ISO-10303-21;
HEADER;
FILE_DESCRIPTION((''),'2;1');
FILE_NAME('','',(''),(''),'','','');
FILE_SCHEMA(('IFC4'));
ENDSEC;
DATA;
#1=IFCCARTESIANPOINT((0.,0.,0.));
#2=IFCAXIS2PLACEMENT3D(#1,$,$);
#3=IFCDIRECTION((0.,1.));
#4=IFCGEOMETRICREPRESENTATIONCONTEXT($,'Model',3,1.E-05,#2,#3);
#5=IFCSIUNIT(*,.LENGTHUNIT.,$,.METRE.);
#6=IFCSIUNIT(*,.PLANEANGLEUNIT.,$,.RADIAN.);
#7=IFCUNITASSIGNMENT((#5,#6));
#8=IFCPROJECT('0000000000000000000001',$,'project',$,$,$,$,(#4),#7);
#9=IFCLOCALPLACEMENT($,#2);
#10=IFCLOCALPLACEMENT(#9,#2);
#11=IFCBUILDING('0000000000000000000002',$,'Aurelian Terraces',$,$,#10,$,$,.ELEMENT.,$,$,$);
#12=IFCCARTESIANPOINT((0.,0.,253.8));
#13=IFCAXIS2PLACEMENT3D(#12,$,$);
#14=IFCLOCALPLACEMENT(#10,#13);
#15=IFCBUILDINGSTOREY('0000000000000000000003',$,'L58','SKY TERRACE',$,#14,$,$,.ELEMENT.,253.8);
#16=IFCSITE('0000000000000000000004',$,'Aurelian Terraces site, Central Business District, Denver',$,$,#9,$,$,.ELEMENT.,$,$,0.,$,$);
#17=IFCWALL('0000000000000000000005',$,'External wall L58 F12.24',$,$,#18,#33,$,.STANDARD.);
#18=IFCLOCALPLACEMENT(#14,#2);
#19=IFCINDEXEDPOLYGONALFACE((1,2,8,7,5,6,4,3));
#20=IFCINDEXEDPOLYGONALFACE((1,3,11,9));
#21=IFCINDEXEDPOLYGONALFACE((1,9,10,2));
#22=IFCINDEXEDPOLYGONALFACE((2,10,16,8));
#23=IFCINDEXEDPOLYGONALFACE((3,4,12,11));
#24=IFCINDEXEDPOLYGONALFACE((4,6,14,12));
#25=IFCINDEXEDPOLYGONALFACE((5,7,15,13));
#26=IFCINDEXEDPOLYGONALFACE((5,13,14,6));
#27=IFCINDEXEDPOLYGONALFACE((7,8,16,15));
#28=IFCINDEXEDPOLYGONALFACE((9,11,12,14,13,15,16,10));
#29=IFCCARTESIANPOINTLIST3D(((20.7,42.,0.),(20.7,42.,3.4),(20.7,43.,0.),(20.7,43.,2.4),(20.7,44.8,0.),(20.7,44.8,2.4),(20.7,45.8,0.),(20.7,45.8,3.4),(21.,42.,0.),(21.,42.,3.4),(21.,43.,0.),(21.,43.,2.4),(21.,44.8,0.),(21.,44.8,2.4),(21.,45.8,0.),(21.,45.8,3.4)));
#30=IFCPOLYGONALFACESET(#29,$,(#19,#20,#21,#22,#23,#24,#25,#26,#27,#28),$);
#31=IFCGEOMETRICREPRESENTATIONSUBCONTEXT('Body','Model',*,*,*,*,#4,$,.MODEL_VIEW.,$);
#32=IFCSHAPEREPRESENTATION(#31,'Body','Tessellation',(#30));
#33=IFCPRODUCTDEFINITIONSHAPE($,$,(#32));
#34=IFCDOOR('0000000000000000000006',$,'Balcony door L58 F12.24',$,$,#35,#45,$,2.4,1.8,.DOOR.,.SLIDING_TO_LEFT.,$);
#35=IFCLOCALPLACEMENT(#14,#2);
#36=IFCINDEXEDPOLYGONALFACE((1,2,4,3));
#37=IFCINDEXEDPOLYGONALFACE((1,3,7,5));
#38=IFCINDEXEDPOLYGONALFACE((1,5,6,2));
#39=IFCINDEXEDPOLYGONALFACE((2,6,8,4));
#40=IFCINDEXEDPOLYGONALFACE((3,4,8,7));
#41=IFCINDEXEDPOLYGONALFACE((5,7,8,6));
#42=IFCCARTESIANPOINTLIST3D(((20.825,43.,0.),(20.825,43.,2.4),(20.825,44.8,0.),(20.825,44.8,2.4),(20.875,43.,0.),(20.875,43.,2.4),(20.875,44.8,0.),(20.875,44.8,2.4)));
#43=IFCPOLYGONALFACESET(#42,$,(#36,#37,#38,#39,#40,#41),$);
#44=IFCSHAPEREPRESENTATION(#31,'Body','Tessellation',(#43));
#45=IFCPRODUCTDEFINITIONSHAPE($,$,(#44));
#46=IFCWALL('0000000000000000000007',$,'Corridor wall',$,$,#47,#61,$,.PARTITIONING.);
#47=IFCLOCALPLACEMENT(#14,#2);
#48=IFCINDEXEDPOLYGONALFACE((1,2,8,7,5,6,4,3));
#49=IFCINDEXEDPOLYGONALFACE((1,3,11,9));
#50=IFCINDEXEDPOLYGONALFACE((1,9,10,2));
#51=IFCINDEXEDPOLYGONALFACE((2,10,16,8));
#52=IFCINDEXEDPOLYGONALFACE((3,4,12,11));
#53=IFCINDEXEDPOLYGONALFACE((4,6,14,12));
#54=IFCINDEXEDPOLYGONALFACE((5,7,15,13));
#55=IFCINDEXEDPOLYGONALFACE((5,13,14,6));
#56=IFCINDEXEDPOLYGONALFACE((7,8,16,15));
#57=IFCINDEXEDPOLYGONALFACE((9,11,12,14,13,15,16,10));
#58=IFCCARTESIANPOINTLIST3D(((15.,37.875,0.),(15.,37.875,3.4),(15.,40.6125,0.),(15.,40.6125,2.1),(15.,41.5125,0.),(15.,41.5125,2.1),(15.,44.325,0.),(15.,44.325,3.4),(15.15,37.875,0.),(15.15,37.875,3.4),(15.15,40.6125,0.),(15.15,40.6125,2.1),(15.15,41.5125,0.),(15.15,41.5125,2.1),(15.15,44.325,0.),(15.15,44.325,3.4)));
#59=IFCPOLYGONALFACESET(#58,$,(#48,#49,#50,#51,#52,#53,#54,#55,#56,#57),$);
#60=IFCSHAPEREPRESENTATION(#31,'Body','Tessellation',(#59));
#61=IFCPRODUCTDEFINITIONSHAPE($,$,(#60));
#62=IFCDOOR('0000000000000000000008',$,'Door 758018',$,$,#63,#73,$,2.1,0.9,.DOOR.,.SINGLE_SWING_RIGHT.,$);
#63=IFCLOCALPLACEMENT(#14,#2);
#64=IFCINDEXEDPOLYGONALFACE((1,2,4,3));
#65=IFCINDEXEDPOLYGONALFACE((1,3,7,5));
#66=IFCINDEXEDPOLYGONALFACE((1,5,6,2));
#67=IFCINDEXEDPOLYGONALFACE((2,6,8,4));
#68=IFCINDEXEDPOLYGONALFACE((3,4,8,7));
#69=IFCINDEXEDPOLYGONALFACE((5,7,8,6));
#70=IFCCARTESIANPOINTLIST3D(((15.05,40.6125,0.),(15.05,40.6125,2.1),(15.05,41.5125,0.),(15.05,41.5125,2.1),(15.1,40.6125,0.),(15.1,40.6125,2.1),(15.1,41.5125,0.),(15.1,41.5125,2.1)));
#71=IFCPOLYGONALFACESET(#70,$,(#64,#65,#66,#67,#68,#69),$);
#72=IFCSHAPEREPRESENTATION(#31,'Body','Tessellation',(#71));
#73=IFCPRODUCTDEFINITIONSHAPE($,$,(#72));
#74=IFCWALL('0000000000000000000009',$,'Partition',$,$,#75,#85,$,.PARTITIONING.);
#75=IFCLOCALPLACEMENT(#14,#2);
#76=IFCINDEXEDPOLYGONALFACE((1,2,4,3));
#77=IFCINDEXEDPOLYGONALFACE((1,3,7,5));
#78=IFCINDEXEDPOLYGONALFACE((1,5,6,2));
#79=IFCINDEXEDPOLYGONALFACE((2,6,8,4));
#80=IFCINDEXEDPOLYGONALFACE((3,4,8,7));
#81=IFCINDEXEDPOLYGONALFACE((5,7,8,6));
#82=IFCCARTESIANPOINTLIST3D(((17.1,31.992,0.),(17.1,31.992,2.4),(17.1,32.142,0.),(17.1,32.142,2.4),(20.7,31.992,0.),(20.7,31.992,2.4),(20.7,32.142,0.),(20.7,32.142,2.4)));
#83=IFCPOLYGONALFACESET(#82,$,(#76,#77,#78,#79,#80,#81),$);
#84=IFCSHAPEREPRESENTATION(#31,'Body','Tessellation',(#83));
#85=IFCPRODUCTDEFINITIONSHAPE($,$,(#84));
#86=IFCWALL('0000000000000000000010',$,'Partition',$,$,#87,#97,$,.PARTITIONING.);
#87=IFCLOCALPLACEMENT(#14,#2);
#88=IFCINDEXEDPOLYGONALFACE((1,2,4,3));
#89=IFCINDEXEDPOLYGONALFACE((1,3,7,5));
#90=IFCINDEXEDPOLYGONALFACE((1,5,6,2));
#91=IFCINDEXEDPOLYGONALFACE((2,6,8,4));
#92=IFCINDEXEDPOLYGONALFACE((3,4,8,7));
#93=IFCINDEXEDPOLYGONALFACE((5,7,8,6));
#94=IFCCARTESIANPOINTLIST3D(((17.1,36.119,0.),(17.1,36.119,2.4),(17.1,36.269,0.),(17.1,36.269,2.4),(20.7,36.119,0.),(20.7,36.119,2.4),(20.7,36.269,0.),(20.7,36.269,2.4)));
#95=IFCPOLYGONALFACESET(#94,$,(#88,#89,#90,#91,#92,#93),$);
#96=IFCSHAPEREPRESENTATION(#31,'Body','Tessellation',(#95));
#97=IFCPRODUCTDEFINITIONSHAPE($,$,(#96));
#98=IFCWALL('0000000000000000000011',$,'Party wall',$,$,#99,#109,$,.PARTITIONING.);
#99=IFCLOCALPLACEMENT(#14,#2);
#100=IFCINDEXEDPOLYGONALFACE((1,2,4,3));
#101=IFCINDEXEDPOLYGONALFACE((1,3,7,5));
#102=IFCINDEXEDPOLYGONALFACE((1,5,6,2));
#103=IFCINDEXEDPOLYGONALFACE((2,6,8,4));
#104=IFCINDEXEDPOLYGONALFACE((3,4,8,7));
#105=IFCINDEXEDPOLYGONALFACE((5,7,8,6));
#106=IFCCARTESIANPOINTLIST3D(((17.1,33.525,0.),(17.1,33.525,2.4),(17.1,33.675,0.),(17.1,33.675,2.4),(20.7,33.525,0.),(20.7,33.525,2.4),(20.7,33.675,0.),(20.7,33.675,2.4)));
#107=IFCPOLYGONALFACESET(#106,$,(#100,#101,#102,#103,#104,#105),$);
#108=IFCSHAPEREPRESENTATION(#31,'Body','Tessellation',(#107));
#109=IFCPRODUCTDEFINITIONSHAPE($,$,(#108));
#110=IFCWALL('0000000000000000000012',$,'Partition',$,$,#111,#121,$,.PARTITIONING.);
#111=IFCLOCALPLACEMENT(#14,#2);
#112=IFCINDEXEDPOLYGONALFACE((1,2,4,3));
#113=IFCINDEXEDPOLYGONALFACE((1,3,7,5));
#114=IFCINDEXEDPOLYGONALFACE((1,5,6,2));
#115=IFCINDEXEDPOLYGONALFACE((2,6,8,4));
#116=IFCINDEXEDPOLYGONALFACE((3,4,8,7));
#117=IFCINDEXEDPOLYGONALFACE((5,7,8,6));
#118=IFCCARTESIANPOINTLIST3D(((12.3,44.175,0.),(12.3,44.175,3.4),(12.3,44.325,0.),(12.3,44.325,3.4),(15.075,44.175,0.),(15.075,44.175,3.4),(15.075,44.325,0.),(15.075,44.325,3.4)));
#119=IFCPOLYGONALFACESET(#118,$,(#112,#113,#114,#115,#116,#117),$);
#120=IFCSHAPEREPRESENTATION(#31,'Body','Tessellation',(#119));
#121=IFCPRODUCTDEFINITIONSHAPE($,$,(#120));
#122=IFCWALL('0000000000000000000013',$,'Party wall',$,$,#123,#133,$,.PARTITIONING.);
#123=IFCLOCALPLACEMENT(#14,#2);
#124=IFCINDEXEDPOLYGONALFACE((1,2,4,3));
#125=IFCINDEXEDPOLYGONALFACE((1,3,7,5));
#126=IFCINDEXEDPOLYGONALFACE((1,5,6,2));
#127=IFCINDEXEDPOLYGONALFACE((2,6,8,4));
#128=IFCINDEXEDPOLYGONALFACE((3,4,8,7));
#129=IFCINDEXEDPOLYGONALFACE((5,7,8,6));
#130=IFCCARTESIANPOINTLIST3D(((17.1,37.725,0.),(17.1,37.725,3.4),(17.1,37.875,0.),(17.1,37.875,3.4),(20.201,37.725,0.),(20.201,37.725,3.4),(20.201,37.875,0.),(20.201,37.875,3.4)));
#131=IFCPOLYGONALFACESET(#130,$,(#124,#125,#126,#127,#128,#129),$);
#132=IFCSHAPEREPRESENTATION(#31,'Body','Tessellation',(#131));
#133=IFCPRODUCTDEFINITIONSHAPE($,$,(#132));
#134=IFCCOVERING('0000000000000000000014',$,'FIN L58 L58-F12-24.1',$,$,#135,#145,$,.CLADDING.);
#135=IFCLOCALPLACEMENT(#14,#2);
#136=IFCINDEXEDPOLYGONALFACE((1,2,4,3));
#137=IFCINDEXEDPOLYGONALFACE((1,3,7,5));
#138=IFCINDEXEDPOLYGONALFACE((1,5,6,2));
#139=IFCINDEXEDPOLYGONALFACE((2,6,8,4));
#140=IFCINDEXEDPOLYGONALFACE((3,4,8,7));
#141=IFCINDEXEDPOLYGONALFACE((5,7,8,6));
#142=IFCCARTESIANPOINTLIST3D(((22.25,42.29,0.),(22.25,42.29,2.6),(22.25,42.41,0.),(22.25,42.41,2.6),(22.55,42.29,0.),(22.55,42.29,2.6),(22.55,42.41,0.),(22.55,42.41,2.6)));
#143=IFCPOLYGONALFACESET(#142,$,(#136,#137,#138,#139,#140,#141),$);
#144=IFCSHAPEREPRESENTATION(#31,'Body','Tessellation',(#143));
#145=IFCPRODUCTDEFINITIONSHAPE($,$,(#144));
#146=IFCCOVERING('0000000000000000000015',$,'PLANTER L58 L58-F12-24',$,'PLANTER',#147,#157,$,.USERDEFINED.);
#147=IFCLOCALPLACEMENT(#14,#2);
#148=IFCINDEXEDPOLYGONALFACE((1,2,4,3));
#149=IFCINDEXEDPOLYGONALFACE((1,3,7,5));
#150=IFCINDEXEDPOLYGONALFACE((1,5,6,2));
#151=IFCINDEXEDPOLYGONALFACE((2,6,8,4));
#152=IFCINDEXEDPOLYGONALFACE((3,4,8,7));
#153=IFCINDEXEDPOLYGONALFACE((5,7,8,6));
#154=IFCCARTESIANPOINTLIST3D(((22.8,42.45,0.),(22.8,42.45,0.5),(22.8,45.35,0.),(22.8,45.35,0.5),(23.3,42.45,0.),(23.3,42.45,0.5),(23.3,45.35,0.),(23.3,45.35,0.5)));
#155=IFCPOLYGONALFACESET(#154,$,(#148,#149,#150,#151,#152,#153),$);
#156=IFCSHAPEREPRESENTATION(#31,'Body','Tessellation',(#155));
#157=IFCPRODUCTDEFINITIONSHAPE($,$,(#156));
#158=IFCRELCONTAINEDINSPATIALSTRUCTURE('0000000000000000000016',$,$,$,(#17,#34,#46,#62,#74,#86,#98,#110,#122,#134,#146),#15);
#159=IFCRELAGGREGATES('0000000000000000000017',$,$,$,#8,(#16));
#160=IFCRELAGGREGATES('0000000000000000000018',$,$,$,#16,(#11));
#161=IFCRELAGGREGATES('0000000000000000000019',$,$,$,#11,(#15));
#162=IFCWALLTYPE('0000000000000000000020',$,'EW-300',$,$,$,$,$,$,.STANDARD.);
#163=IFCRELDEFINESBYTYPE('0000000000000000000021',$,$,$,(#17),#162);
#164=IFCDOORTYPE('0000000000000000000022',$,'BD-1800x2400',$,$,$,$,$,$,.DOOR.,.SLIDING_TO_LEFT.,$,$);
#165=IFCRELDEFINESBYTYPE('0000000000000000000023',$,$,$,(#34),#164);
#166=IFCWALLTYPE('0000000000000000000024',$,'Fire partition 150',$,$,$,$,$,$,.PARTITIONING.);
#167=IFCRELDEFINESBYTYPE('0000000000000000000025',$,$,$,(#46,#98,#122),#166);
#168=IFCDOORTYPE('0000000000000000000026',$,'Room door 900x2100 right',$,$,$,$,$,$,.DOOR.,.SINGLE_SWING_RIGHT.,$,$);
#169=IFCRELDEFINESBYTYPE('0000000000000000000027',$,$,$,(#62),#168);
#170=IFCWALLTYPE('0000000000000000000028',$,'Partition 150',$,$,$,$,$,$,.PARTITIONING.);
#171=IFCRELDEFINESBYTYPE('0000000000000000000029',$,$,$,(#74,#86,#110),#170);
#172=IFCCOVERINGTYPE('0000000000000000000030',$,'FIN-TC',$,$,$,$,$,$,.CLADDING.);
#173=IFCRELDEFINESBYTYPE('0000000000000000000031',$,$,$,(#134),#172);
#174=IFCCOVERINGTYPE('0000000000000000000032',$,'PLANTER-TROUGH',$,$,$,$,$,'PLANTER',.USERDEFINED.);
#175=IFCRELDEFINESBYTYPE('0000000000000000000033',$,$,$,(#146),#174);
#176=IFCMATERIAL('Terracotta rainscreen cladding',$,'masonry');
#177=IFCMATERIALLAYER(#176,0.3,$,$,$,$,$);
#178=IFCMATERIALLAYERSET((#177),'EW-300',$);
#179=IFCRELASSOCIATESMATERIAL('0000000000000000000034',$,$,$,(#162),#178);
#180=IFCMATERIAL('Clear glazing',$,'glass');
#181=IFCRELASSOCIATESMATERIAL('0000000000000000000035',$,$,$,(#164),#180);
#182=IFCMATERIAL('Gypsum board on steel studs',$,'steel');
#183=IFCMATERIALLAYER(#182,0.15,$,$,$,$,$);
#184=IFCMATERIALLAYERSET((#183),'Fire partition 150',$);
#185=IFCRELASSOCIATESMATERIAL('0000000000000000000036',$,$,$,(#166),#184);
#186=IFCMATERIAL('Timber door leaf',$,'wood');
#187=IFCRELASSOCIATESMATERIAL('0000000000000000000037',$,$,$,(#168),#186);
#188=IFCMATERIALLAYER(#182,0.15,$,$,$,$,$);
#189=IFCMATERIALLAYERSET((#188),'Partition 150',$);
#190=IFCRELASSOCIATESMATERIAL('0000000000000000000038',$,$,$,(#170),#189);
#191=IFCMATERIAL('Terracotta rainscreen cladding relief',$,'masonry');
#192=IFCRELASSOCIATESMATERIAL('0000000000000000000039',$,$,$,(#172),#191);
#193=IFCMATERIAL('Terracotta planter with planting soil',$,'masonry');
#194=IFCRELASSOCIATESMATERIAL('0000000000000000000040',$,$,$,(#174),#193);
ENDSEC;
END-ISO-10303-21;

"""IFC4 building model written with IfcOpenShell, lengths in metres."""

from ifc_helpers import new_model, si_unit, direction, frame, frame_2d, origin, origin_2d, place, context, subcontext, project, spatial, rectangle, extrude, source, transform, mapped, material, layer, layer_set, type_object, element, fill, save


model = new_model("IFC4")

# Units and contexts
model_context = context("Model", 3, precision=1e-05, world=origin(), true_north=direction((0.0, 1.0)))
body_context = subcontext(model_context, "Body", "Model", "MODEL_VIEW")
ifc_project = project(units=[si_unit("LENGTHUNIT", "METRE"), si_unit("PLANEANGLEUNIT", "RADIAN")], contexts=[model_context])

# Site, building, storey
site_placement = place(None, origin())
site = spatial("IfcSite", under=ifc_project, at=site_placement, Name="Aurelian Terraces site, Central Business District, Denver", CompositionType="ELEMENT", RefElevation=0.0)
building_placement = place(site_placement, origin())
building = spatial("IfcBuilding", under=site, at=building_placement, Name="Aurelian Terraces", CompositionType="ELEMENT")
storey_placement = place(building_placement, frame((0.0, 0.0, 253.8)))
storey = spatial("IfcBuildingStorey", under=building, at=storey_placement, Name="L58", Description="SKY TERRACE", CompositionType="ELEMENT", Elevation=253.8)

# Shared definitions
ifc_material_1 = material(Name="Terracotta rainscreen cladding", Category="masonry")
ifc_layer_1 = layer(ifc_material_1, 0.3)
ifc_layer_set_1 = layer_set([ifc_layer_1], Name="EW-300")
wall_type_1 = type_object("IfcWallType", Name="EW-300", PredefinedType="STANDARD", material=ifc_layer_set_1)
ifc_material_2 = material(Name="Clear glazing", Category="glass")

# Shared definitions
shared_shape_1 = source(origin(), body_context, "Body", "SweptSolid", [
    extrude(rectangle(XDim=3.8, YDim=0.3, at=frame_2d((1.9, 0.0))), origin(), (0.0, 0.0, 1.0), 3.4),
])

# Walls, openings, doors
wall_1_placement = place(storey_placement, frame((20.85, 42.0, 0.0), z_axis=(0.0, 0.0, 1.0), x_axis=(0.0, 1.0, 0.0)))
wall_1 = element("IfcWall", 1, at=wall_1_placement, inside=storey, type_object=wall_type_1, Name="External wall L58 F12.24", PredefinedType="STANDARD", context=body_context, shape_type="MappedRepresentation", body=[
    mapped(shared_shape_1, transform((0.0, 0.0, 0.0), scale=1.0)),
])
shared_shape_2 = source(origin(), body_context, "Body", "SweptSolid", [
    extrude(rectangle(XDim=1.8, YDim=2.4, at=frame_2d((0.9, 1.2))), frame((0.0, 0.16, 0.0), z_axis=(0.0, -1.0, 0.0), x_axis=(1.0, 0.0, 0.0)), (0.0, 0.0, 1.0), 0.32),
])
opening_1_placement = place(wall_1_placement, frame((1.0, 0.0, 0.0)))
opening_1 = element("IfcOpeningElement", 2, at=opening_1_placement, cuts=wall_1, PredefinedType="OPENING", context=body_context, shape_type="MappedRepresentation", body=[
    mapped(shared_shape_2, transform((0.0, 0.0, 0.0), scale=1.0)),
])
door_type_1 = type_object("IfcDoorType", Name="BD-1800x2400", OperationType="SLIDING_TO_LEFT", PredefinedType="DOOR", material=ifc_material_2)
shared_shape_3 = source(origin(), body_context, "Body", "SweptSolid", [
    extrude(rectangle(XDim=1.8, YDim=2.4, at=frame_2d((0.9, 1.2))), frame((0.0, 0.025, 0.0), z_axis=(0.0, -1.0, 0.0), x_axis=(1.0, 0.0, 0.0)), (0.0, 0.0, 1.0), 0.05),
])
door_1_placement = place(opening_1_placement, origin())
door_1 = element("IfcDoor", 3, at=door_1_placement, inside=storey, type_object=door_type_1, Name="Balcony door L58 F12.24", OperationType="SLIDING_TO_LEFT", OverallHeight=2.4, OverallWidth=1.8, PredefinedType="DOOR", context=body_context, shape_type="MappedRepresentation", body=[
    mapped(shared_shape_3, transform((0.0, 0.0, 0.0), scale=1.0)),
])
fill(opening_1, door_1)
ifc_material_3 = material(Name="Gypsum board on steel studs", Category="steel")
ifc_layer_2 = layer(ifc_material_3, 0.15)
ifc_layer_set_2 = layer_set([ifc_layer_2], Name="Fire partition 150")
wall_type_2 = type_object("IfcWallType", Name="Fire partition 150", PredefinedType="PARTITIONING", material=ifc_layer_set_2)
shared_shape_4 = source(origin(), body_context, "Body", "SweptSolid", [
    extrude(rectangle(XDim=6.45, YDim=0.15, at=frame_2d((3.225, 0.0))), origin(), (0.0, 0.0, 1.0), 3.4),
])
wall_2_placement = place(storey_placement, frame((15.075, 37.875, 0.0), z_axis=(0.0, 0.0, 1.0), x_axis=(0.0, 1.0, 0.0)))
wall_2 = element("IfcWall", 4, at=wall_2_placement, inside=storey, type_object=wall_type_2, Name="Corridor wall", PredefinedType="PARTITIONING", context=body_context, shape_type="MappedRepresentation", body=[
    mapped(shared_shape_4, transform((0.0, 0.0, 0.0), scale=1.0)),
])
shared_shape_5 = source(origin(), body_context, "Body", "SweptSolid", [
    extrude(rectangle(XDim=0.9, YDim=2.1, at=frame_2d((0.45, 1.05))), frame((0.0, 0.085, 0.0), z_axis=(0.0, -1.0, 0.0), x_axis=(1.0, 0.0, 0.0)), (0.0, 0.0, 1.0), 0.17),
])
opening_2_placement = place(wall_2_placement, frame((2.7375, 0.0, 0.0)))
opening_2 = element("IfcOpeningElement", 5, at=opening_2_placement, cuts=wall_2, PredefinedType="OPENING", context=body_context, shape_type="MappedRepresentation", body=[
    mapped(shared_shape_5, transform((0.0, 0.0, 0.0), scale=1.0)),
])
ifc_material_4 = material(Name="Timber door leaf", Category="wood")
door_type_2 = type_object("IfcDoorType", Name="Room door 900x2100 right", OperationType="SINGLE_SWING_RIGHT", PredefinedType="DOOR", material=ifc_material_4)
shared_shape_6 = source(origin(), body_context, "Body", "SweptSolid", [
    extrude(rectangle(XDim=0.9, YDim=2.1, at=frame_2d((0.45, 1.05))), frame((0.0, 0.025, 0.0), z_axis=(0.0, -1.0, 0.0), x_axis=(1.0, 0.0, 0.0)), (0.0, 0.0, 1.0), 0.05),
])
door_2_placement = place(opening_2_placement, origin())
door_2 = element("IfcDoor", 6, at=door_2_placement, inside=storey, type_object=door_type_2, Name="Door 758018", OperationType="SINGLE_SWING_RIGHT", OverallHeight=2.1, OverallWidth=0.9, PredefinedType="DOOR", context=body_context, shape_type="MappedRepresentation", body=[
    mapped(shared_shape_6, transform((0.0, 0.0, 0.0), scale=1.0)),
])
fill(opening_2, door_2)

# Walls
ifc_layer_3 = layer(ifc_material_3, 0.15)
ifc_layer_set_3 = layer_set([ifc_layer_3], Name="Partition 150")
wall_type_3 = type_object("IfcWallType", Name="Partition 150", PredefinedType="PARTITIONING", material=ifc_layer_set_3)
shared_shape_7 = source(origin(), body_context, "Body", "SweptSolid", [
    extrude(rectangle(XDim=3.6, YDim=0.15, at=frame_2d((1.8, 0.0))), origin(), (0.0, 0.0, 1.0), 2.4),
])
for number, where, z_axis, x_axis, name in (
    (7, (17.1, 32.067, 0.0), (0.0, 0.0, 1.0), (1.0, 0.0, 0.0), "Partition"),
    (8, (17.1, 36.194, 0.0), (0.0, 0.0, 1.0), (1.0, 0.0, 0.0), "Partition"),
):
    element("IfcWall", number, at=place(storey_placement, frame(where, z_axis=z_axis, x_axis=x_axis)), inside=storey, type_object=wall_type_3, Name=name, PredefinedType="PARTITIONING", context=body_context, shape_type="MappedRepresentation", body=[
        mapped(shared_shape_7, transform((0.0, 0.0, 0.0), scale=1.0)),
    ])
wall_3_placement = place(storey_placement, frame((20.7, 33.6, 0.0), z_axis=(0.0, 0.0, 1.0), x_axis=(-1.0, 0.0, 0.0)))
element("IfcWall", 9, at=wall_3_placement, inside=storey, type_object=wall_type_2, Name="Party wall", PredefinedType="PARTITIONING", context=body_context, shape_type="MappedRepresentation", body=[
    mapped(shared_shape_7, transform((0.0, 0.0, 0.0), scale=1.0)),
])
shared_shape_8 = source(origin(), body_context, "Body", "SweptSolid", [
    extrude(rectangle(XDim=2.775, YDim=0.15, at=frame_2d((1.3875, 0.0))), origin(), (0.0, 0.0, 1.0), 3.4),
])
wall_4_placement = place(storey_placement, frame((15.075, 44.25, 0.0), z_axis=(0.0, 0.0, 1.0), x_axis=(-1.0, 0.0, 0.0)))
element("IfcWall", 10, at=wall_4_placement, inside=storey, type_object=wall_type_3, Name="Partition", PredefinedType="PARTITIONING", context=body_context, shape_type="MappedRepresentation", body=[
    mapped(shared_shape_8, transform((0.0, 0.0, 0.0), scale=1.0)),
])
shared_shape_9 = source(origin(), body_context, "Body", "SweptSolid", [
    extrude(rectangle(XDim=3.101, YDim=0.15, at=frame_2d((1.5505, 0.0))), origin(), (0.0, 0.0, 1.0), 3.4),
])
wall_5_placement = place(storey_placement, frame((20.201, 37.8, 0.0), z_axis=(0.0, 0.0, 1.0), x_axis=(-1.0, 0.0, 0.0)))
element("IfcWall", 11, at=wall_5_placement, inside=storey, type_object=wall_type_2, Name="Party wall", PredefinedType="PARTITIONING", context=body_context, shape_type="MappedRepresentation", body=[
    mapped(shared_shape_9, transform((0.0, 0.0, 0.0), scale=1.0)),
])

# Covering
ifc_material_5 = material(Name="Terracotta rainscreen cladding relief", Category="masonry")
covering_type_1 = type_object("IfcCoveringType", Name="FIN-TC", PredefinedType="CLADDING", material=ifc_material_5)
shared_shape_10 = source(origin(), body_context, "Body", "SweptSolid", [
    extrude(rectangle(XDim=0.3, YDim=0.12, at=origin_2d()), origin(), (0.0, 0.0, 1.0), 2.6),
])
covering_1_placement = place(storey_placement, frame((22.4, 42.35, 0.0), z_axis=(0.0, 0.0, 1.0), x_axis=(1.0, 0.0, 0.0)))
element("IfcCovering", 12, at=covering_1_placement, inside=storey, type_object=covering_type_1, Name="FIN L58 L58-F12-24.1", PredefinedType="CLADDING", context=body_context, shape_type="MappedRepresentation", body=[
    mapped(shared_shape_10, transform((0.0, 0.0, 0.0), scale=1.0)),
])

# Covering
ifc_material_6 = material(Name="Terracotta planter with planting soil", Category="masonry")
covering_type_2 = type_object("IfcCoveringType", Name="PLANTER-TROUGH", ElementType="PLANTER", PredefinedType="USERDEFINED", material=ifc_material_6)
shared_shape_11 = source(origin(), body_context, "Body", "SweptSolid", [
    extrude(rectangle(XDim=0.5, YDim=2.9, at=origin_2d()), origin(), (0.0, 0.0, 1.0), 0.5),
])
covering_2_placement = place(storey_placement, frame((23.05, 43.9, 0.0), z_axis=(0.0, 0.0, 1.0), x_axis=(1.0, 0.0, 0.0)))
element("IfcCovering", 13, at=covering_2_placement, inside=storey, type_object=covering_type_2, Name="PLANTER L58 L58-F12-24", ObjectType="PLANTER", PredefinedType="USERDEFINED", context=body_context, shape_type="MappedRepresentation", body=[
    mapped(shared_shape_11, transform((0.0, 0.0, 0.0), scale=1.0)),
])

save(model, "model.ifc")
